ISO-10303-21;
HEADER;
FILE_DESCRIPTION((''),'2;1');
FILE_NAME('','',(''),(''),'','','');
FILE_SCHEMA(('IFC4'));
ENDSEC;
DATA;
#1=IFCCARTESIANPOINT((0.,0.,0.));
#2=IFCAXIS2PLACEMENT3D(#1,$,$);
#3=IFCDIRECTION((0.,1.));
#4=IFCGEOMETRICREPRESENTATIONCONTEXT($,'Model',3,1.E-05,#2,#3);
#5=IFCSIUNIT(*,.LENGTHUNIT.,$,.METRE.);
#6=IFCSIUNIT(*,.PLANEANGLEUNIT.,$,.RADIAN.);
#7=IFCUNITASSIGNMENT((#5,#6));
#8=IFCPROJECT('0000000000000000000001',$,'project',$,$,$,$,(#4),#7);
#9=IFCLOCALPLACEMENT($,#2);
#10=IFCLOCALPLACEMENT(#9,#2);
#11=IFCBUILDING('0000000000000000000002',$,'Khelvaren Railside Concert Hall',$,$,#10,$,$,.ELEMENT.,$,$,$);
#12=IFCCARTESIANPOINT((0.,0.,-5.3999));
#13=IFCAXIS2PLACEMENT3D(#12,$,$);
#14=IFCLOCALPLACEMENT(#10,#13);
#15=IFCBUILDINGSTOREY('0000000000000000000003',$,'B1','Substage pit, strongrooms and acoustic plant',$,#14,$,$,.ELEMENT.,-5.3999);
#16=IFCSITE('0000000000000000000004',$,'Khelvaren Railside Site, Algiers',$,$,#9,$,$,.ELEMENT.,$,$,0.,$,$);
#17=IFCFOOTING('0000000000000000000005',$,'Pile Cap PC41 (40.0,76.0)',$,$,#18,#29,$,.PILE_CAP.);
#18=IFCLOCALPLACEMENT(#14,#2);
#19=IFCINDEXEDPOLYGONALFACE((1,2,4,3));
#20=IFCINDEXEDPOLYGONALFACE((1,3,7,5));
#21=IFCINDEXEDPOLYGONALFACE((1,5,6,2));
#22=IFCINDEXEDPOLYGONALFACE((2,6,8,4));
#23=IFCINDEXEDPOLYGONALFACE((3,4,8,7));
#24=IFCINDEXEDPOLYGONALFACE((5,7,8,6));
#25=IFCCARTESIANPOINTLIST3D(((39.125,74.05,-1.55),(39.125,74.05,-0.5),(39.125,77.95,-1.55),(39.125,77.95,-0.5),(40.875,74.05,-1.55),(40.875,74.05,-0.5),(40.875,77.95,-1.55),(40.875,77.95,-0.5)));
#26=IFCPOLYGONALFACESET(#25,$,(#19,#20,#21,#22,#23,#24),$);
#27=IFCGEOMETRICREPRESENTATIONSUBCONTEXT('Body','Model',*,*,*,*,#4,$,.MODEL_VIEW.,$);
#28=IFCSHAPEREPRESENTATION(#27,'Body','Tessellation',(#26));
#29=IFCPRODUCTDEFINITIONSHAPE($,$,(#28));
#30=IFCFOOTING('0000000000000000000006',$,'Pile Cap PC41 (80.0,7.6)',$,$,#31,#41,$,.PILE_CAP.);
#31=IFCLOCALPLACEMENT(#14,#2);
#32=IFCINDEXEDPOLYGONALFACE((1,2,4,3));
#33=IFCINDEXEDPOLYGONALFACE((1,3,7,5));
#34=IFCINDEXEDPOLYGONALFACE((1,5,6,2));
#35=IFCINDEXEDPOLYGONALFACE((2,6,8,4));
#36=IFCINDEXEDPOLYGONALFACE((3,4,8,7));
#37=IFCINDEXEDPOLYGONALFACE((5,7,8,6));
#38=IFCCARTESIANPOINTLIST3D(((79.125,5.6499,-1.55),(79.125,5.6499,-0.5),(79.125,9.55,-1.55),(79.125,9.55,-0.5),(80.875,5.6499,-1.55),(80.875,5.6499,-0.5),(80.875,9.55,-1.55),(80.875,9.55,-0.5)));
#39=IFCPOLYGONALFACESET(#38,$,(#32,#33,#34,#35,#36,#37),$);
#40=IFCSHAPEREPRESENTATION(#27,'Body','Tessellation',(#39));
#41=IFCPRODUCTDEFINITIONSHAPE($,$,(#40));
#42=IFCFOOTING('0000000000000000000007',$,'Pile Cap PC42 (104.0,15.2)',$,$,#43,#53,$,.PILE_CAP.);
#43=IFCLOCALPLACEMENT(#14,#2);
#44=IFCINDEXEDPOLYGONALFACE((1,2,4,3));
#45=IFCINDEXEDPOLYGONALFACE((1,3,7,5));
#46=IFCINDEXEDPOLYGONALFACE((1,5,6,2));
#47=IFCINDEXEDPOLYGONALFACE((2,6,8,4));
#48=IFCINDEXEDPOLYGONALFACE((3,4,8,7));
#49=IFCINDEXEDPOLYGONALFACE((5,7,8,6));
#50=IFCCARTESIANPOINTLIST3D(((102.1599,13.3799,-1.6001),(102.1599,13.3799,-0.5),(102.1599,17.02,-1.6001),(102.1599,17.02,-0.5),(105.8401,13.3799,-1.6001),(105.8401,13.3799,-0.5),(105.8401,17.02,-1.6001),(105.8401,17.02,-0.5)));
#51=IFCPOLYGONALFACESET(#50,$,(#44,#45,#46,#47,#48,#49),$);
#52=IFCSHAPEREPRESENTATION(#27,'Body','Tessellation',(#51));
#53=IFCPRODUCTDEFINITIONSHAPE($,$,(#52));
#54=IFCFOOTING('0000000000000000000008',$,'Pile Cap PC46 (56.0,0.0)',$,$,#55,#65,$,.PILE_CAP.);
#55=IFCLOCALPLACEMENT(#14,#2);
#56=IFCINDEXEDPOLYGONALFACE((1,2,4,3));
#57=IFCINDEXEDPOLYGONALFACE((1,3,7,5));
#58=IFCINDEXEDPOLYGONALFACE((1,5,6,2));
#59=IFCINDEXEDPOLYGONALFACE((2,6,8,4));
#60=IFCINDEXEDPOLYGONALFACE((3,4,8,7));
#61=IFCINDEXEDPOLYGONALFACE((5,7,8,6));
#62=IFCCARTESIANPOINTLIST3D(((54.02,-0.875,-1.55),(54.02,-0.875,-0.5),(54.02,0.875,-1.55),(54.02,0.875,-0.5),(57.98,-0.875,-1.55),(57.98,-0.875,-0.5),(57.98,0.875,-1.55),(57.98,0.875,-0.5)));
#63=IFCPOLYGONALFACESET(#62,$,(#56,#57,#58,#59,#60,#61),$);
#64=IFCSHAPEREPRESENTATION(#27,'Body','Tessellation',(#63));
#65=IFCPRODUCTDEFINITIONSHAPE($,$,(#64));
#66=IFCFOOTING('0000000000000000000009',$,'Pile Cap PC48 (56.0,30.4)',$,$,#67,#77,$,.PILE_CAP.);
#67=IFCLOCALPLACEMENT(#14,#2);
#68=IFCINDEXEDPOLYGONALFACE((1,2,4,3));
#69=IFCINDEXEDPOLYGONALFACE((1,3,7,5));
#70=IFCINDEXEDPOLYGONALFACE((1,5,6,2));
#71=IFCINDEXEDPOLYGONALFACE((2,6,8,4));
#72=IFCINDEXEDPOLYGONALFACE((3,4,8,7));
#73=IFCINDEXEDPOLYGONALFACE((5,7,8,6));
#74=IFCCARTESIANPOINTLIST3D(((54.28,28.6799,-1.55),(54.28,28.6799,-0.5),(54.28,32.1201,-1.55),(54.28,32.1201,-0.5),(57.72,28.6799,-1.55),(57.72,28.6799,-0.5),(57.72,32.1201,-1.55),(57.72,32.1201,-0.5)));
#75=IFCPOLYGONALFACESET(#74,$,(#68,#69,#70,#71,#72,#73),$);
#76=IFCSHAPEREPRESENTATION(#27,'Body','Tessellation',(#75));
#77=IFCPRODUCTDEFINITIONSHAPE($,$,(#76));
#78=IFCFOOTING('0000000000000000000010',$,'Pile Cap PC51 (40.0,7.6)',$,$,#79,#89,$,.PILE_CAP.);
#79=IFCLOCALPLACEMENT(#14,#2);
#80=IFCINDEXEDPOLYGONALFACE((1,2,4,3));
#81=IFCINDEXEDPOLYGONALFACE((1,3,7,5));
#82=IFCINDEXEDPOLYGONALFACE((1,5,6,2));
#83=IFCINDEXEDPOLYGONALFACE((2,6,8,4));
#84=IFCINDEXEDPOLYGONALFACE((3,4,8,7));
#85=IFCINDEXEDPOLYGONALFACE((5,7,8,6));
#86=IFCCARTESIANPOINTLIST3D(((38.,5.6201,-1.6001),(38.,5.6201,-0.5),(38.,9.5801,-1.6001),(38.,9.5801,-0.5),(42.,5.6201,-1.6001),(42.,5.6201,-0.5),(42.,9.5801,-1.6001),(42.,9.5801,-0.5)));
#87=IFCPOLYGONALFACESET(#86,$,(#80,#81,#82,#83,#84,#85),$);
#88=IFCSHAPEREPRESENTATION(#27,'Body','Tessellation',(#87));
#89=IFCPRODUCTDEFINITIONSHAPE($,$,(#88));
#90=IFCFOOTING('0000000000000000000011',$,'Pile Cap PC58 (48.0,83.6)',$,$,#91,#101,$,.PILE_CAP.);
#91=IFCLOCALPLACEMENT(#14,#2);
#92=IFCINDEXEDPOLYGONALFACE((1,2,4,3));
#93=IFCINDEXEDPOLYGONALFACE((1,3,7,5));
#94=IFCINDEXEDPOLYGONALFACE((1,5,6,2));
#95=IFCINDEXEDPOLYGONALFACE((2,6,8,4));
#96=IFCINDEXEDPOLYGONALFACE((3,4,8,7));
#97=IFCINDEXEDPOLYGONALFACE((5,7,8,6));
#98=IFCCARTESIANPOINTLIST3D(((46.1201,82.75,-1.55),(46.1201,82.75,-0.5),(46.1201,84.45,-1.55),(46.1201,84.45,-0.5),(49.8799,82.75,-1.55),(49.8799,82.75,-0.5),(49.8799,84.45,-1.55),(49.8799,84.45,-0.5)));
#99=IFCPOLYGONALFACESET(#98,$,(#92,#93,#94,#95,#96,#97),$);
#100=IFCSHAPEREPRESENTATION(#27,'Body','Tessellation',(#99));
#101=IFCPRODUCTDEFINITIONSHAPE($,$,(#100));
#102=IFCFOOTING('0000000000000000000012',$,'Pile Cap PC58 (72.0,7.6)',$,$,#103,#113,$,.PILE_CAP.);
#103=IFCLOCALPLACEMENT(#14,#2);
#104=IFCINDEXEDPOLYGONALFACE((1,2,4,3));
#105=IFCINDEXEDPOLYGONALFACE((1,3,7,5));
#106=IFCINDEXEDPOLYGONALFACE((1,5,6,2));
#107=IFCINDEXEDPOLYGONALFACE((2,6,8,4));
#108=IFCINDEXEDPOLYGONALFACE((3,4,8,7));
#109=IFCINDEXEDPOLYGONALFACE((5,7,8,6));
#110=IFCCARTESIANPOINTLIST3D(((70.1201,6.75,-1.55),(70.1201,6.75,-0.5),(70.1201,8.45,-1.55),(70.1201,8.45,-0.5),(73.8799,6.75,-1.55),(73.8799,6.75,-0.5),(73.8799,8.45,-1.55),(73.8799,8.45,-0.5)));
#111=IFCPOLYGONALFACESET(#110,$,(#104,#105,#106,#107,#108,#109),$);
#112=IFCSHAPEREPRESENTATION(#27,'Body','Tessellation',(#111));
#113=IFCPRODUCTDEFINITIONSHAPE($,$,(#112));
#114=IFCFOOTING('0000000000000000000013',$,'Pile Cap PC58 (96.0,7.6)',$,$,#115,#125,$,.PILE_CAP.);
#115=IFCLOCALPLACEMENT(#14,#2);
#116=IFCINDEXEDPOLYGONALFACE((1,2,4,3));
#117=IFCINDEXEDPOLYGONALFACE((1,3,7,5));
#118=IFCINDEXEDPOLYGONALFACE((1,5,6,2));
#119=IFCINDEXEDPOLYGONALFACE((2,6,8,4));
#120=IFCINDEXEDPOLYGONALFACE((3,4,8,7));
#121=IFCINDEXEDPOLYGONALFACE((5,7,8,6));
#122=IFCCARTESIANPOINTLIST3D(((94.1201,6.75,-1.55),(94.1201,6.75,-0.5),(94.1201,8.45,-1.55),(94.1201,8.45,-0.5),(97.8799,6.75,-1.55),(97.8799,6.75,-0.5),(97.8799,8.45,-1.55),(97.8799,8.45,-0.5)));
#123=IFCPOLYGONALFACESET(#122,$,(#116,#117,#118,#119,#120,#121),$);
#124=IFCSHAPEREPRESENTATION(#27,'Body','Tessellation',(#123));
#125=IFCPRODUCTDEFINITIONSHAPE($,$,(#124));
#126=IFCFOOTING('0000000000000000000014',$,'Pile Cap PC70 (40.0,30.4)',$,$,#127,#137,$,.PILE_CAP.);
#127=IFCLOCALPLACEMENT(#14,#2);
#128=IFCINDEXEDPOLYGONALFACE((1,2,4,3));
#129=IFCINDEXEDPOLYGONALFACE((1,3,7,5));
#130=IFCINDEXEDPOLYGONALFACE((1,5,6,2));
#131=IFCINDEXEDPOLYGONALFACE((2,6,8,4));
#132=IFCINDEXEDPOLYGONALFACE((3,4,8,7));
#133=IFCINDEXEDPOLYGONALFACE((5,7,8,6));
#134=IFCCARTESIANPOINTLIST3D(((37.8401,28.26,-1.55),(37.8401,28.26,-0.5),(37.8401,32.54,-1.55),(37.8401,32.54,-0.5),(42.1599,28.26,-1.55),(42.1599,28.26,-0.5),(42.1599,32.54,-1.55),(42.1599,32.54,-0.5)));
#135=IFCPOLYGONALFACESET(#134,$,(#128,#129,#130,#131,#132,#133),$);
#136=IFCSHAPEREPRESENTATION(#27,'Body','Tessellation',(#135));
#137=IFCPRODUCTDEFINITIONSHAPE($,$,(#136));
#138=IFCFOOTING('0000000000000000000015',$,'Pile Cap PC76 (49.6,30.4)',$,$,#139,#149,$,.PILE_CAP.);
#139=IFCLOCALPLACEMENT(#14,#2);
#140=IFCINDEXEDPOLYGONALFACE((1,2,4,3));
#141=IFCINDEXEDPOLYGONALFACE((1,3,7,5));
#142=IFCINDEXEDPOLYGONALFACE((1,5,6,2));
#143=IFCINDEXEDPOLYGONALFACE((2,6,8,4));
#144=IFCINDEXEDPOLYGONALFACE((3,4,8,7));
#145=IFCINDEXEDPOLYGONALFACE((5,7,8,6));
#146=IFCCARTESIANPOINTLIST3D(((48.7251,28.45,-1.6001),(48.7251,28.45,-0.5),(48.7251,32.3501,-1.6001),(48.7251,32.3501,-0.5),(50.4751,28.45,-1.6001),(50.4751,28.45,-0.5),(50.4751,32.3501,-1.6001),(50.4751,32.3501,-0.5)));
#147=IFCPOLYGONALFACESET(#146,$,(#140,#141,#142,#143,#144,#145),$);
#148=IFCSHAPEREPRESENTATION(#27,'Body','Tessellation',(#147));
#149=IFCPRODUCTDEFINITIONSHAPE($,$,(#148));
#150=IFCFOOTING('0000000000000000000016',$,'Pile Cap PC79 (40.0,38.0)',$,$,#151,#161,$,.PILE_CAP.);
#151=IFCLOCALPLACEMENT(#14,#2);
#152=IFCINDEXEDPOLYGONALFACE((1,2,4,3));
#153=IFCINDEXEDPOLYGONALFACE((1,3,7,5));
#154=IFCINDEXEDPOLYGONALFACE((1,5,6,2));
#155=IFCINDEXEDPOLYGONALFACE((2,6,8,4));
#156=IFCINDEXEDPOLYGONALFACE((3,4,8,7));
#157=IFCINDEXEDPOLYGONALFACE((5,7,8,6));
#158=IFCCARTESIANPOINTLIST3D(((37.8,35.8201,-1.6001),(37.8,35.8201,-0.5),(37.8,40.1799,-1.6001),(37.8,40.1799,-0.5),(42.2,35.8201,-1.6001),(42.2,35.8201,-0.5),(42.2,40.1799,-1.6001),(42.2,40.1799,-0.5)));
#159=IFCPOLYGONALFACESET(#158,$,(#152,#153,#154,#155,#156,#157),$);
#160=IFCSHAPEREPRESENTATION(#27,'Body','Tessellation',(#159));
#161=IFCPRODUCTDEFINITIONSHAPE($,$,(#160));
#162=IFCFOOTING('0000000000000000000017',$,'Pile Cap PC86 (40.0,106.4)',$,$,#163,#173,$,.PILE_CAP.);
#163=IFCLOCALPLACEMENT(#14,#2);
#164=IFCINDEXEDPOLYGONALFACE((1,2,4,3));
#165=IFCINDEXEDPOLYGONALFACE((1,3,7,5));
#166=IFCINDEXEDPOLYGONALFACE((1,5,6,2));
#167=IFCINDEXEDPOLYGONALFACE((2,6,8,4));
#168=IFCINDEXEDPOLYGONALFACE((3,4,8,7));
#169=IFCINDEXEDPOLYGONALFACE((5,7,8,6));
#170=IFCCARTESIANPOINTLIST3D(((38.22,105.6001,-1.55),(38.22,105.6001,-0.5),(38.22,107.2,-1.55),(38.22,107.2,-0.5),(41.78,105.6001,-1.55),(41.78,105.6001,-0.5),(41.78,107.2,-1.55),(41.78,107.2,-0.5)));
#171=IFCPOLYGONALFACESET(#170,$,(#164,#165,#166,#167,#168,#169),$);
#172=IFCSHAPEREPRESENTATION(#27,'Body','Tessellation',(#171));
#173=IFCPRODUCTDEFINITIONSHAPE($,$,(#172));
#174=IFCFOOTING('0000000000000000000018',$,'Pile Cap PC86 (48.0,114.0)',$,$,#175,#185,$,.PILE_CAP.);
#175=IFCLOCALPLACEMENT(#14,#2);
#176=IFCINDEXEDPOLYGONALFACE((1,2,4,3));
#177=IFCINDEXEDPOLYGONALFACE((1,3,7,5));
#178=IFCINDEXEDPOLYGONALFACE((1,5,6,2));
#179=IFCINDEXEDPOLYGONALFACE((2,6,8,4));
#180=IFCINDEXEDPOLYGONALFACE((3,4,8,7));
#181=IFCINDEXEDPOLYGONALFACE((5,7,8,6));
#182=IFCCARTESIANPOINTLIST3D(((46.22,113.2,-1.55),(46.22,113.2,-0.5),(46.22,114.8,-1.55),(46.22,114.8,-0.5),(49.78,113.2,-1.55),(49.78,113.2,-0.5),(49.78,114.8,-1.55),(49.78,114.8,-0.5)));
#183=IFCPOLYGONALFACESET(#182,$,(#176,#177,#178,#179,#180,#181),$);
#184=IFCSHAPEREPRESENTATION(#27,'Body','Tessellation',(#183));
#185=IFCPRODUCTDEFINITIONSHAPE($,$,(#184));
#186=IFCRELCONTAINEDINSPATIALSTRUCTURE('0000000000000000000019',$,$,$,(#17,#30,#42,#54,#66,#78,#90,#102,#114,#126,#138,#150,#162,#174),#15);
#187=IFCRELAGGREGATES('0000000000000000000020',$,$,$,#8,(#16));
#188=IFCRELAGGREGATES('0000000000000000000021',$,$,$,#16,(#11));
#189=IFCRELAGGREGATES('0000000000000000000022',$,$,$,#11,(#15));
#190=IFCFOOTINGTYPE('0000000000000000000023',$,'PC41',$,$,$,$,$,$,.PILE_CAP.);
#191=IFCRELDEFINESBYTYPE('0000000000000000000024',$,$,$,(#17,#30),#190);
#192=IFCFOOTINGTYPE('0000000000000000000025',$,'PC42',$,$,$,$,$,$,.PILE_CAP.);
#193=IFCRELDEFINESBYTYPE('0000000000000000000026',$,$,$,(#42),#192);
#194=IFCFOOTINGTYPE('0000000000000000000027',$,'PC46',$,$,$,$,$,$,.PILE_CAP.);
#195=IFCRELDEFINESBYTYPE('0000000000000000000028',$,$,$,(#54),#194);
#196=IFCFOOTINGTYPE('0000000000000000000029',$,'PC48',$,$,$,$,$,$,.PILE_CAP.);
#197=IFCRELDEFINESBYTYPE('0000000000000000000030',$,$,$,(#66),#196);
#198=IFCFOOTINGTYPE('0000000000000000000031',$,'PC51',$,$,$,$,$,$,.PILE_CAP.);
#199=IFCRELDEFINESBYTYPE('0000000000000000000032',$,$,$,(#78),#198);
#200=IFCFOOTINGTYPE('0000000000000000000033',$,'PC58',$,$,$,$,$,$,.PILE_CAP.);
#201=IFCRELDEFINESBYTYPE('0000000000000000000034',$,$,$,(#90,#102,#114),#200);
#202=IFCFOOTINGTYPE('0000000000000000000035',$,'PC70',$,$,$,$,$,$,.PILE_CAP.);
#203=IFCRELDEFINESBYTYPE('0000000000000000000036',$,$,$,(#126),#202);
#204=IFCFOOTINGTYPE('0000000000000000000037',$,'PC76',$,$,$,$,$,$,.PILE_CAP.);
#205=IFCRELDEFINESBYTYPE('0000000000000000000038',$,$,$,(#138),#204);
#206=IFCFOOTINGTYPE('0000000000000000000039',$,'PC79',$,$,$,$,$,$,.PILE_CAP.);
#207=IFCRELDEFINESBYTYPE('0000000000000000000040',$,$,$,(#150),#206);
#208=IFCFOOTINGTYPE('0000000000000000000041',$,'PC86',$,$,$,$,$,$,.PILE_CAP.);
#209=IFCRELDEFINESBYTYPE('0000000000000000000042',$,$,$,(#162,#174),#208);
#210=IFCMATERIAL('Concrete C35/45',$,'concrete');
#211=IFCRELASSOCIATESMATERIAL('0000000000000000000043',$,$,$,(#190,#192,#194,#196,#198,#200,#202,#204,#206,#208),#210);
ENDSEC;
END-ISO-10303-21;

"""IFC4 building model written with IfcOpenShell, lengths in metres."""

from ifc_helpers import new_model, si_unit, direction, frame, origin, place, context, subcontext, project, spatial, polyline, outline, extrude, material, type_object, element, save


model = new_model("IFC4")

# Units and contexts
model_context = context("Model", 3, precision=1e-05, world=origin(), true_north=direction((0.0, 1.0)))
body_context = subcontext(model_context, "Body", "Model", "MODEL_VIEW")
ifc_project = project(units=[si_unit("LENGTHUNIT", "METRE"), si_unit("PLANEANGLEUNIT", "RADIAN")], contexts=[model_context])

# Site, building, storey
site_placement = place(None, origin())
site = spatial("IfcSite", under=ifc_project, at=site_placement, Name="Khelvaren Railside Site, Algiers", CompositionType="ELEMENT", RefElevation=0.0)
building_placement = place(site_placement, origin())
building = spatial("IfcBuilding", under=site, at=building_placement, Name="Khelvaren Railside Concert Hall", CompositionType="ELEMENT")
storey_placement = place(building_placement, frame((0.0, 0.0, -5.3999)))
storey = spatial("IfcBuildingStorey", under=building, at=storey_placement, Name="B1", Description="Substage pit, strongrooms and acoustic plant", CompositionType="ELEMENT", Elevation=-5.3999)

# Footings
ifc_material = material(Name="Concrete C35/45", Category="concrete")
footing_type_1 = type_object("IfcFootingType", Name="PC41", PredefinedType="PILE_CAP", material=ifc_material)
footing_1_placement = place(storey_placement, frame((0.0, 0.0, -1.55)))
element("IfcFooting", 1, at=footing_1_placement, inside=storey, type_object=footing_type_1, Name="Pile Cap PC41 (40.0,76.0)", PredefinedType="PILE_CAP", context=body_context, shape_type="SweptSolid", body=[
    extrude(outline(polyline([(39.125, 74.05), (40.875, 74.05), (40.875, 77.95), (39.125, 77.95), (39.125, 74.05)])), origin(), (0.0, 0.0, 1.0), 1.05),
])
footing_2_placement = place(storey_placement, frame((0.0, 0.0, -1.55)))
element("IfcFooting", 2, at=footing_2_placement, inside=storey, type_object=footing_type_1, Name="Pile Cap PC41 (80.0,7.6)", PredefinedType="PILE_CAP", context=body_context, shape_type="SweptSolid", body=[
    extrude(outline(polyline([(79.125, 5.6499), (80.875, 5.6499), (80.875, 9.55), (79.125, 9.55), (79.125, 5.6499)])), origin(), (0.0, 0.0, 1.0), 1.05),
])
footing_type_2 = type_object("IfcFootingType", Name="PC42", PredefinedType="PILE_CAP", material=ifc_material)
footing_3_placement = place(storey_placement, frame((0.0, 0.0, -1.6001)))
element("IfcFooting", 3, at=footing_3_placement, inside=storey, type_object=footing_type_2, Name="Pile Cap PC42 (104.0,15.2)", PredefinedType="PILE_CAP", context=body_context, shape_type="SweptSolid", body=[
    extrude(outline(polyline([(102.1599, 13.3799), (105.8401, 13.3799), (105.8401, 17.02), (102.1599, 17.02), (102.1599, 13.3799)])), origin(), (0.0, 0.0, 1.0), 1.1001),
])
footing_type_3 = type_object("IfcFootingType", Name="PC46", PredefinedType="PILE_CAP", material=ifc_material)
footing_4_placement = place(storey_placement, frame((0.0, 0.0, -1.55)))
element("IfcFooting", 4, at=footing_4_placement, inside=storey, type_object=footing_type_3, Name="Pile Cap PC46 (56.0,0.0)", PredefinedType="PILE_CAP", context=body_context, shape_type="SweptSolid", body=[
    extrude(outline(polyline([(54.02, -0.875), (57.98, -0.875), (57.98, 0.875), (54.02, 0.875), (54.02, -0.875)])), origin(), (0.0, 0.0, 1.0), 1.05),
])
footing_type_4 = type_object("IfcFootingType", Name="PC48", PredefinedType="PILE_CAP", material=ifc_material)
footing_5_placement = place(storey_placement, frame((0.0, 0.0, -1.55)))
element("IfcFooting", 5, at=footing_5_placement, inside=storey, type_object=footing_type_4, Name="Pile Cap PC48 (56.0,30.4)", PredefinedType="PILE_CAP", context=body_context, shape_type="SweptSolid", body=[
    extrude(outline(polyline([(54.28, 28.6799), (57.72, 28.6799), (57.72, 32.1201), (54.28, 32.1201), (54.28, 28.6799)])), origin(), (0.0, 0.0, 1.0), 1.05),
])
footing_type_5 = type_object("IfcFootingType", Name="PC51", PredefinedType="PILE_CAP", material=ifc_material)
footing_6_placement = place(storey_placement, frame((0.0, 0.0, -1.6001)))
element("IfcFooting", 6, at=footing_6_placement, inside=storey, type_object=footing_type_5, Name="Pile Cap PC51 (40.0,7.6)", PredefinedType="PILE_CAP", context=body_context, shape_type="SweptSolid", body=[
    extrude(outline(polyline([(38.0, 5.6201), (42.0, 5.6201), (42.0, 9.5801), (38.0, 9.5801), (38.0, 5.6201)])), origin(), (0.0, 0.0, 1.0), 1.1001),
])
footing_type_6 = type_object("IfcFootingType", Name="PC58", PredefinedType="PILE_CAP", material=ifc_material)
footing_7_placement = place(storey_placement, frame((0.0, 0.0, -1.55)))
element("IfcFooting", 7, at=footing_7_placement, inside=storey, type_object=footing_type_6, Name="Pile Cap PC58 (48.0,83.6)", PredefinedType="PILE_CAP", context=body_context, shape_type="SweptSolid", body=[
    extrude(outline(polyline([(46.1201, 82.75), (49.8799, 82.75), (49.8799, 84.45), (46.1201, 84.45), (46.1201, 82.75)])), origin(), (0.0, 0.0, 1.0), 1.05),
])
footing_8_placement = place(storey_placement, frame((0.0, 0.0, -1.55)))
element("IfcFooting", 8, at=footing_8_placement, inside=storey, type_object=footing_type_6, Name="Pile Cap PC58 (72.0,7.6)", PredefinedType="PILE_CAP", context=body_context, shape_type="SweptSolid", body=[
    extrude(outline(polyline([(70.1201, 6.75), (73.8799, 6.75), (73.8799, 8.45), (70.1201, 8.45), (70.1201, 6.75)])), origin(), (0.0, 0.0, 1.0), 1.05),
])
footing_9_placement = place(storey_placement, frame((0.0, 0.0, -1.55)))
element("IfcFooting", 9, at=footing_9_placement, inside=storey, type_object=footing_type_6, Name="Pile Cap PC58 (96.0,7.6)", PredefinedType="PILE_CAP", context=body_context, shape_type="SweptSolid", body=[
    extrude(outline(polyline([(94.1201, 6.75), (97.8799, 6.75), (97.8799, 8.45), (94.1201, 8.45), (94.1201, 6.75)])), origin(), (0.0, 0.0, 1.0), 1.05),
])
footing_type_7 = type_object("IfcFootingType", Name="PC70", PredefinedType="PILE_CAP", material=ifc_material)
footing_10_placement = place(storey_placement, frame((0.0, 0.0, -1.55)))
element("IfcFooting", 10, at=footing_10_placement, inside=storey, type_object=footing_type_7, Name="Pile Cap PC70 (40.0,30.4)", PredefinedType="PILE_CAP", context=body_context, shape_type="SweptSolid", body=[
    extrude(outline(polyline([(37.8401, 28.26), (42.1599, 28.26), (42.1599, 32.54), (37.8401, 32.54), (37.8401, 28.26)])), origin(), (0.0, 0.0, 1.0), 1.05),
])
footing_type_8 = type_object("IfcFootingType", Name="PC76", PredefinedType="PILE_CAP", material=ifc_material)
footing_11_placement = place(storey_placement, frame((0.0, 0.0, -1.6001)))
element("IfcFooting", 11, at=footing_11_placement, inside=storey, type_object=footing_type_8, Name="Pile Cap PC76 (49.6,30.4)", PredefinedType="PILE_CAP", context=body_context, shape_type="SweptSolid", body=[
    extrude(outline(polyline([(48.7251, 28.45), (50.4751, 28.45), (50.4751, 32.3501), (48.7251, 32.3501), (48.7251, 28.45)])), origin(), (0.0, 0.0, 1.0), 1.1001),
])
footing_type_9 = type_object("IfcFootingType", Name="PC79", PredefinedType="PILE_CAP", material=ifc_material)
footing_12_placement = place(storey_placement, frame((0.0, 0.0, -1.6001)))
element("IfcFooting", 12, at=footing_12_placement, inside=storey, type_object=footing_type_9, Name="Pile Cap PC79 (40.0,38.0)", PredefinedType="PILE_CAP", context=body_context, shape_type="SweptSolid", body=[
    extrude(outline(polyline([(37.8, 35.8201), (42.2, 35.8201), (42.2, 40.1799), (37.8, 40.1799), (37.8, 35.8201)])), origin(), (0.0, 0.0, 1.0), 1.1001),
])
footing_type_10 = type_object("IfcFootingType", Name="PC86", PredefinedType="PILE_CAP", material=ifc_material)
footing_13_placement = place(storey_placement, frame((0.0, 0.0, -1.55)))
element("IfcFooting", 13, at=footing_13_placement, inside=storey, type_object=footing_type_10, Name="Pile Cap PC86 (40.0,106.4)", PredefinedType="PILE_CAP", context=body_context, shape_type="SweptSolid", body=[
    extrude(outline(polyline([(38.22, 105.6001), (41.78, 105.6001), (41.78, 107.2), (38.22, 107.2), (38.22, 105.6001)])), origin(), (0.0, 0.0, 1.0), 1.05),
])
footing_14_placement = place(storey_placement, frame((0.0, 0.0, -1.55)))
element("IfcFooting", 14, at=footing_14_placement, inside=storey, type_object=footing_type_10, Name="Pile Cap PC86 (48.0,114.0)", PredefinedType="PILE_CAP", context=body_context, shape_type="SweptSolid", body=[
    extrude(outline(polyline([(46.22, 113.2), (49.78, 113.2), (49.78, 114.8), (46.22, 114.8), (46.22, 113.2)])), origin(), (0.0, 0.0, 1.0), 1.05),
])

save(model, "model.ifc")
